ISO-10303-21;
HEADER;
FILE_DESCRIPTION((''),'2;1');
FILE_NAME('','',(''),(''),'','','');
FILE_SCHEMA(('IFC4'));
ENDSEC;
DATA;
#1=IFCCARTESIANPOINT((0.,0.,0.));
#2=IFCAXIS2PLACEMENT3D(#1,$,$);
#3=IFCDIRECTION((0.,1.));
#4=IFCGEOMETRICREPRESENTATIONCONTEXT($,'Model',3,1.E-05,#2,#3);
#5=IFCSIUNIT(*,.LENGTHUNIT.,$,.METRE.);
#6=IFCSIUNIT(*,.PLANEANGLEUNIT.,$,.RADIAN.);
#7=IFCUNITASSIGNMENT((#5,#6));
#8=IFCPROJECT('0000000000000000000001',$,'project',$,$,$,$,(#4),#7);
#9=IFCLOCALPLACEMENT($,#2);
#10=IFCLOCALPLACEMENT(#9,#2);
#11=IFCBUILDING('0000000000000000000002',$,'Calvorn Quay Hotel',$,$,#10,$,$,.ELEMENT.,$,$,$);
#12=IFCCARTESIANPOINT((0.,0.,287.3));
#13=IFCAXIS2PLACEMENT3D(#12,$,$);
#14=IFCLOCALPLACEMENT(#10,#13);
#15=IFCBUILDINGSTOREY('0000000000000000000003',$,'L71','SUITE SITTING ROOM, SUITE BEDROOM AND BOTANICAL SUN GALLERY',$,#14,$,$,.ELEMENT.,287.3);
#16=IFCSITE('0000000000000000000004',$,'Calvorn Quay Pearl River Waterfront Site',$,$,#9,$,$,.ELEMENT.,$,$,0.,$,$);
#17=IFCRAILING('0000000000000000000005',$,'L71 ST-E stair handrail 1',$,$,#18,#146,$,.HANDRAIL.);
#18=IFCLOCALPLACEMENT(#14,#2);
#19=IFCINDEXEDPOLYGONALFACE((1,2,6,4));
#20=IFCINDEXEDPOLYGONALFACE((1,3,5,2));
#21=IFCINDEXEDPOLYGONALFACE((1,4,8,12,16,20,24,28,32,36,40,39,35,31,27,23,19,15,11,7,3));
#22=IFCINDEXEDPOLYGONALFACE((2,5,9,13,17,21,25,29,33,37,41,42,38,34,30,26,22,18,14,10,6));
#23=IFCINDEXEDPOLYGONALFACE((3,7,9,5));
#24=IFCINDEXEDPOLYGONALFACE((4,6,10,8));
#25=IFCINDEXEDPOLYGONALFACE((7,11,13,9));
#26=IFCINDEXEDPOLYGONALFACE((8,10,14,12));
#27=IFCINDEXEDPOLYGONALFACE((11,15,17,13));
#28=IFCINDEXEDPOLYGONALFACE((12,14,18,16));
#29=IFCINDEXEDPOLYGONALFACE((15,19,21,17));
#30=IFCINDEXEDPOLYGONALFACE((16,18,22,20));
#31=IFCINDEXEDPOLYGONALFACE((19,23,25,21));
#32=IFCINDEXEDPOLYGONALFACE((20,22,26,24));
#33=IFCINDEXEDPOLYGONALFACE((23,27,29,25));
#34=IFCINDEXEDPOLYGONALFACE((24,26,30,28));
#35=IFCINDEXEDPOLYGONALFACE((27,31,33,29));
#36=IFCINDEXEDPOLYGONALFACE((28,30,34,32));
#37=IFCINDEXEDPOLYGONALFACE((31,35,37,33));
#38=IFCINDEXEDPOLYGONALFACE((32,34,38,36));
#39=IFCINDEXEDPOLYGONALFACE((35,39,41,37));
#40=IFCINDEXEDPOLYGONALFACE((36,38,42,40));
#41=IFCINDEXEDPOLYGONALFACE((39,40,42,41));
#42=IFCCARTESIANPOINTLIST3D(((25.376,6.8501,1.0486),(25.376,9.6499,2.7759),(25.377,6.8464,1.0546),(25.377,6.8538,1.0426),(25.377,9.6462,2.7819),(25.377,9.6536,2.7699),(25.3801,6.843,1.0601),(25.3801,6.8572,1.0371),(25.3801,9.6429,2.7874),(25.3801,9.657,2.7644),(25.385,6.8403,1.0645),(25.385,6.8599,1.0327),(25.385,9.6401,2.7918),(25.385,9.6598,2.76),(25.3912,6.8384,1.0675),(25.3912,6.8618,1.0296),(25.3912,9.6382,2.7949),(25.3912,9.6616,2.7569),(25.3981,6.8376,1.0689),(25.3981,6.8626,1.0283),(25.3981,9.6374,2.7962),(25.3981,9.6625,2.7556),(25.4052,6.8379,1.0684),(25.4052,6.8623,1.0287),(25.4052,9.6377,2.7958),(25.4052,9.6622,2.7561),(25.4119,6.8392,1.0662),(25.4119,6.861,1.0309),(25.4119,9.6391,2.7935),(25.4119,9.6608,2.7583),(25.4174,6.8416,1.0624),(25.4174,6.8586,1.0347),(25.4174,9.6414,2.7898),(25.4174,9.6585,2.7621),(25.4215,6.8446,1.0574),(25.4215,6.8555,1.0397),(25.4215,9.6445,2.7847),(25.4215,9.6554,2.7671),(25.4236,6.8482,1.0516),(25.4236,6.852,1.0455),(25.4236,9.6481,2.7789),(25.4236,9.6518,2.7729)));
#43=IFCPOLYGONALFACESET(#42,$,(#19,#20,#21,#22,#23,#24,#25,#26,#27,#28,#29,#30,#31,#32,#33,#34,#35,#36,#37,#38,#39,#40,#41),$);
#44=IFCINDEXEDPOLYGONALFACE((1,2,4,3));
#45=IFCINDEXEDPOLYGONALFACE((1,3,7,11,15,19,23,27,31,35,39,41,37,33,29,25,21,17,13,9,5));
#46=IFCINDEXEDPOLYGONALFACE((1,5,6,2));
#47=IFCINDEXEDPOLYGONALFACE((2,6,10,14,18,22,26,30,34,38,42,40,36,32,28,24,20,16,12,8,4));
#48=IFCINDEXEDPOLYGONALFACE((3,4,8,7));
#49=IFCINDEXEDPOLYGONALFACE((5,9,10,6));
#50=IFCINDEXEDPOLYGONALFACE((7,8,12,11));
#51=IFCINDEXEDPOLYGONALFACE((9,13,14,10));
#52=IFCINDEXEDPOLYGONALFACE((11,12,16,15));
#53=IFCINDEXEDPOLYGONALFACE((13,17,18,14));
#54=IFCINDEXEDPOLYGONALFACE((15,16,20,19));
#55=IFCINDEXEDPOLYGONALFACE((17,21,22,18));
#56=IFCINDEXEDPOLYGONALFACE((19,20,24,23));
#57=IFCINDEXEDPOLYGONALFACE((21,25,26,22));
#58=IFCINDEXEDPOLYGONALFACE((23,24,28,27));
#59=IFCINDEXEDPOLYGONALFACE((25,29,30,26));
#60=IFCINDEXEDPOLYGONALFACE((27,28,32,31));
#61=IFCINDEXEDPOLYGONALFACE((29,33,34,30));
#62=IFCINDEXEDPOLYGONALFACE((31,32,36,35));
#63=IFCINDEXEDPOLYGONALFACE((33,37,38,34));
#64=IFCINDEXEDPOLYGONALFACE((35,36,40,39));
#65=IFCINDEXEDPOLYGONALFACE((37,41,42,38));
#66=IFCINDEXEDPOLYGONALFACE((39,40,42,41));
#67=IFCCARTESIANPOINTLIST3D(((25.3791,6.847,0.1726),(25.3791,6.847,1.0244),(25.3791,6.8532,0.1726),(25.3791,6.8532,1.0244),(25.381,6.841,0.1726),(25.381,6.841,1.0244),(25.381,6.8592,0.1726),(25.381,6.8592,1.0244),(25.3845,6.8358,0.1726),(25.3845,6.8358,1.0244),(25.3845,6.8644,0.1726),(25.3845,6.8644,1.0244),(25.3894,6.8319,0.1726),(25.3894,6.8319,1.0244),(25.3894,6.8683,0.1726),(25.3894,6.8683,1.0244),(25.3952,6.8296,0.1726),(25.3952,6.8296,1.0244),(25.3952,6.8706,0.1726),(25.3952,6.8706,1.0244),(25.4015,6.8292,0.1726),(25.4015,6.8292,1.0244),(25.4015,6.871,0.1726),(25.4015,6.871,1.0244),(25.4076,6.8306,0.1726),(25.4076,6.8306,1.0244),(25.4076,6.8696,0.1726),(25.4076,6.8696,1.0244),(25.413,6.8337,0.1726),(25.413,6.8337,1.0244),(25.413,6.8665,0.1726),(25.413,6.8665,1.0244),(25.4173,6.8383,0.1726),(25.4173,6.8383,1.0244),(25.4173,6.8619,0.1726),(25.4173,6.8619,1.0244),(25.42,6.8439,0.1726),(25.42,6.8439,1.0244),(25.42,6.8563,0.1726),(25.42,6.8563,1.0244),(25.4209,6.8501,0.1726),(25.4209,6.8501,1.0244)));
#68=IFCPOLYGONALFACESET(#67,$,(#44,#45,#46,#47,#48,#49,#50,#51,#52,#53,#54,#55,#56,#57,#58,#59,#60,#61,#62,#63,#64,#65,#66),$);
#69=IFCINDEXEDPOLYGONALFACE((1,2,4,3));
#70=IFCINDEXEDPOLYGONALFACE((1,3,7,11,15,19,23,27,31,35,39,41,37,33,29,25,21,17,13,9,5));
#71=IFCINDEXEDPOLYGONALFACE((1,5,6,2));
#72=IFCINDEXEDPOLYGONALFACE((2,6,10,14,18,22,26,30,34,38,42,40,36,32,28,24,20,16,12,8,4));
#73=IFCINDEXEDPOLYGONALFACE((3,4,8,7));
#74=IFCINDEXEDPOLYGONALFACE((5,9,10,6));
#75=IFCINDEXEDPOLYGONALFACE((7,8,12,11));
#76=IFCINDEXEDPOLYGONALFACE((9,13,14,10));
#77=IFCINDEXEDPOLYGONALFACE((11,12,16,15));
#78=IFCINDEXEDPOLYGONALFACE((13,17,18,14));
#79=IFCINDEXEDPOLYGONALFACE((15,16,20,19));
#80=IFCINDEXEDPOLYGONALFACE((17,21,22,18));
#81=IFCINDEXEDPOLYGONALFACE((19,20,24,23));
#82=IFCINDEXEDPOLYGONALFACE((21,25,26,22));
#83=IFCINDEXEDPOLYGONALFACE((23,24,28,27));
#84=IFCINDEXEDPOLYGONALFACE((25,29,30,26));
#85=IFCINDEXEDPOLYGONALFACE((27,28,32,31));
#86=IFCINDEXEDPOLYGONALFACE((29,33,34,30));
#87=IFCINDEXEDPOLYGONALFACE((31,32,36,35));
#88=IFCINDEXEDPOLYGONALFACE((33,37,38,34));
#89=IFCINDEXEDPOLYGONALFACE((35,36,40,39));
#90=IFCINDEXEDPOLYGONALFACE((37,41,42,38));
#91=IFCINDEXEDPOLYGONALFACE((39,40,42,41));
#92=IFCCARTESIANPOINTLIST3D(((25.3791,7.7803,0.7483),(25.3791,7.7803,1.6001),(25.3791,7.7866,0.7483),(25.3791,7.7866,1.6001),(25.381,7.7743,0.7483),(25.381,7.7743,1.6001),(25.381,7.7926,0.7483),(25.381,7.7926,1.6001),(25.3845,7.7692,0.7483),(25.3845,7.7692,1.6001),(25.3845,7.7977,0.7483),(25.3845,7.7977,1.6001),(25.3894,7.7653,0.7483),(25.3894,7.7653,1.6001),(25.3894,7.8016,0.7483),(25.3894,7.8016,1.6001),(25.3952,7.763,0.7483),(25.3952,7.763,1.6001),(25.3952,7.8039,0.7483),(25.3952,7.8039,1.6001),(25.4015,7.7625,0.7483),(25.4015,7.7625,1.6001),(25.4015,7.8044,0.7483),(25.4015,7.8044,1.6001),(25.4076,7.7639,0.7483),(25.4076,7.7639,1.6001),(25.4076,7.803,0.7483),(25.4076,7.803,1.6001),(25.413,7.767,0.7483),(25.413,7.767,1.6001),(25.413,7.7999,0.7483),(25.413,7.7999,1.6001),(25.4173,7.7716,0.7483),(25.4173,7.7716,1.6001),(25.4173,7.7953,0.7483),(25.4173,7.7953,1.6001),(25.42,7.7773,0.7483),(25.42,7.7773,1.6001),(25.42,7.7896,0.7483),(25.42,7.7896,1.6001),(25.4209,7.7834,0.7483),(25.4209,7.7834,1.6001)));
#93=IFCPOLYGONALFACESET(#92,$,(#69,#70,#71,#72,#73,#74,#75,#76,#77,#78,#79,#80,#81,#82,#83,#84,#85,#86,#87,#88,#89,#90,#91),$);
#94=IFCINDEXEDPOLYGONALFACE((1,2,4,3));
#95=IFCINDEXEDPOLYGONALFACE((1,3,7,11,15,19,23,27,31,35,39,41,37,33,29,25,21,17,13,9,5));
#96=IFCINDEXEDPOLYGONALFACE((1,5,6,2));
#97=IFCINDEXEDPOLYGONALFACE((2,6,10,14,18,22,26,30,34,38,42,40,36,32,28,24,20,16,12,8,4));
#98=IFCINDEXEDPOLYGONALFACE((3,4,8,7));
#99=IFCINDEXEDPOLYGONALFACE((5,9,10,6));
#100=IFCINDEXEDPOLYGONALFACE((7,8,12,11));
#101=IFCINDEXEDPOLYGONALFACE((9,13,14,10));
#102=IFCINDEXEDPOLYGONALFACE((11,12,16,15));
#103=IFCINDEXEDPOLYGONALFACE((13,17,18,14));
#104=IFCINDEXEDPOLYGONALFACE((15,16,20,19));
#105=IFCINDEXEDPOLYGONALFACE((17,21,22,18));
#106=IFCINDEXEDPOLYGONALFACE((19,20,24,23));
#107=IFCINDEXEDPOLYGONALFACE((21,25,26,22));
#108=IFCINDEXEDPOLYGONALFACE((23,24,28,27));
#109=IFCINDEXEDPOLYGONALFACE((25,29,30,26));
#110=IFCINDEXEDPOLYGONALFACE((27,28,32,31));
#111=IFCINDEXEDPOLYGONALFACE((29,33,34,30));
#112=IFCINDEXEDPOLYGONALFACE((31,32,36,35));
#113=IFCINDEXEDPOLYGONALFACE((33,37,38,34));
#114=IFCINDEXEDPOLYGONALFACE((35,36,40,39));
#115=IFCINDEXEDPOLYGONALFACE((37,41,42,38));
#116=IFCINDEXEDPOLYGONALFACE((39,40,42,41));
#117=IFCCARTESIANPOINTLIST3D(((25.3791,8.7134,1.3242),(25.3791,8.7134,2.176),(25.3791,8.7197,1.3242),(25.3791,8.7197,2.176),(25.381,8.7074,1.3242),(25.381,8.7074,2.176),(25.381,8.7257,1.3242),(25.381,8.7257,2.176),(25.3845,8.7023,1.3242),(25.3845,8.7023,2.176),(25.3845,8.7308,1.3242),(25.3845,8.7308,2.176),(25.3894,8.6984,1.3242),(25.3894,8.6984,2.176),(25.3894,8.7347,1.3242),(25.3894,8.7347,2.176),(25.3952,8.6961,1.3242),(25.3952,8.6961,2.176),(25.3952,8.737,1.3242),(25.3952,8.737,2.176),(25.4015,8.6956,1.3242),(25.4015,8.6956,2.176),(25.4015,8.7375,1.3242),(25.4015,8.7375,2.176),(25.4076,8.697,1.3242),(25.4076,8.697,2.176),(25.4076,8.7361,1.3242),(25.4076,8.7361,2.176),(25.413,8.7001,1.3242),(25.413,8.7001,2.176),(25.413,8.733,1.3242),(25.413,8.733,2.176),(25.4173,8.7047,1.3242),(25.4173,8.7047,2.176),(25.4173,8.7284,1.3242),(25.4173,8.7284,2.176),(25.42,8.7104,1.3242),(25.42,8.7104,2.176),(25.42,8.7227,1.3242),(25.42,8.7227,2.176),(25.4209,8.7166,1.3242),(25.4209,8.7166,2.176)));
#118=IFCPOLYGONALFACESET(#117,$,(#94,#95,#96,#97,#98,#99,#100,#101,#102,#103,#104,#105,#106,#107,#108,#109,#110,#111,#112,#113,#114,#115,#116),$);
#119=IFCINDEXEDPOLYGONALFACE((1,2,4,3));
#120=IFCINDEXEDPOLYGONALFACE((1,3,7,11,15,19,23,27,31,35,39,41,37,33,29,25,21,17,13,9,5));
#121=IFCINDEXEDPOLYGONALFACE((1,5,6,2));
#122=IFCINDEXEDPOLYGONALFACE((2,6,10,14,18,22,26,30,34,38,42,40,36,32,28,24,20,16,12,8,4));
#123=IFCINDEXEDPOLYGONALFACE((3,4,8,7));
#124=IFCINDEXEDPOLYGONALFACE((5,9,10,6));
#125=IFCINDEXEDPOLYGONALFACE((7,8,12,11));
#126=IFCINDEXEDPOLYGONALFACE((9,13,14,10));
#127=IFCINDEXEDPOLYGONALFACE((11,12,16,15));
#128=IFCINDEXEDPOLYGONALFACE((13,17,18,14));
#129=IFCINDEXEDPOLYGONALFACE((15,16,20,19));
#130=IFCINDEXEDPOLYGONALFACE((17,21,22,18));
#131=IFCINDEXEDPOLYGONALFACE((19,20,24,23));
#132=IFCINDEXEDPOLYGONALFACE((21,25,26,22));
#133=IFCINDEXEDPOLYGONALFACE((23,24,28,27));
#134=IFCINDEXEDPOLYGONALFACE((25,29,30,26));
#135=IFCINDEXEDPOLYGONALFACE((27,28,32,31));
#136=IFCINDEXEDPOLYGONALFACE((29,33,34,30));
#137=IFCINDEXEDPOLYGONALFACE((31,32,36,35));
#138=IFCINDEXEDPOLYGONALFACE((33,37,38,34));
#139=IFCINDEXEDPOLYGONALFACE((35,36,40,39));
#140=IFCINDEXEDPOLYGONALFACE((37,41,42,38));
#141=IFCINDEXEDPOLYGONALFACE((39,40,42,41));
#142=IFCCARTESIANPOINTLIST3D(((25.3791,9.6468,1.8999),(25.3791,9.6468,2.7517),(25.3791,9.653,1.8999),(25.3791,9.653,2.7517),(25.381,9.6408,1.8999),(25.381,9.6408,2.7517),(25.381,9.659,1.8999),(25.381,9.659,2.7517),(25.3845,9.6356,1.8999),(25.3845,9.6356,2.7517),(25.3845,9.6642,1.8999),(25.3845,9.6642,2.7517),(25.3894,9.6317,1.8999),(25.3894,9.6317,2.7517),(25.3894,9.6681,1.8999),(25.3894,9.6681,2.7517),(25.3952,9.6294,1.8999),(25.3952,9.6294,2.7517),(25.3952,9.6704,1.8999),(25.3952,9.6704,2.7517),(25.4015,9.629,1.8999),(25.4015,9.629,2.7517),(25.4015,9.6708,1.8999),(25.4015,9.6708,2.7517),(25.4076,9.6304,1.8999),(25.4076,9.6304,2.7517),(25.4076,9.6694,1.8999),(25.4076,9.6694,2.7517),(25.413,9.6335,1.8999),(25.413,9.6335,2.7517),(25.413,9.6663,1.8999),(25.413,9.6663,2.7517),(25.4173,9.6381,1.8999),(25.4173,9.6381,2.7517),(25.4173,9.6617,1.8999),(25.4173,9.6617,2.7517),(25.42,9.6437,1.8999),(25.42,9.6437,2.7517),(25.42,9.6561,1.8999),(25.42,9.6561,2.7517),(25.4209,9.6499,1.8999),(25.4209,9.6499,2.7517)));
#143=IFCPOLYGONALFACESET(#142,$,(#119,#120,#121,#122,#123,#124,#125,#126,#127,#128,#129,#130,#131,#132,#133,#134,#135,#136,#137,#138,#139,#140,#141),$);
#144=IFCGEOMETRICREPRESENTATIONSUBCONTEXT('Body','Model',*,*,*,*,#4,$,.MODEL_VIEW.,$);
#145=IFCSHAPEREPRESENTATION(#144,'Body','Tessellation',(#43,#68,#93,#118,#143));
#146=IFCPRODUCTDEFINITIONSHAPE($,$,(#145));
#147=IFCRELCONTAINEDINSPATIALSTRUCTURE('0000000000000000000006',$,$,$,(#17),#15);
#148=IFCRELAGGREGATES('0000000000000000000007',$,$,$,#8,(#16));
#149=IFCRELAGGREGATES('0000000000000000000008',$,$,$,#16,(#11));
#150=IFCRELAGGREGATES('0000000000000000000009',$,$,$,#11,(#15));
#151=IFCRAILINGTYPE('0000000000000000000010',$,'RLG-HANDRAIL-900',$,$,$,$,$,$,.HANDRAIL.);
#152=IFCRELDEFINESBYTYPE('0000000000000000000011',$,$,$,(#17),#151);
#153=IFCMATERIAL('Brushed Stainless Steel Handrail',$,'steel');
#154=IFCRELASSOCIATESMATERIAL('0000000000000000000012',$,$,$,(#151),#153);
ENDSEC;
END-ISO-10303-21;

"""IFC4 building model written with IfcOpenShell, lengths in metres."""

from ifc_helpers import new_model, si_unit, direction, frame, origin, origin_2d, place, context, subcontext, project, spatial, circle, extrude, material, type_object, element, save


model = new_model("IFC4")

# Units and contexts
model_context = context("Model", 3, precision=1e-05, world=origin(), true_north=direction((0.0, 1.0)))
body_context = subcontext(model_context, "Body", "Model", "MODEL_VIEW")
ifc_project = project(units=[si_unit("LENGTHUNIT", "METRE"), si_unit("PLANEANGLEUNIT", "RADIAN")], contexts=[model_context])

# Site, building, storey
site_placement = place(None, origin())
site = spatial("IfcSite", under=ifc_project, at=site_placement, Name="Calvorn Quay Pearl River Waterfront Site", CompositionType="ELEMENT", RefElevation=0.0)
building_placement = place(site_placement, origin())
building = spatial("IfcBuilding", under=site, at=building_placement, Name="Calvorn Quay Hotel", CompositionType="ELEMENT")
storey_placement = place(building_placement, frame((0.0, 0.0, 287.3)))
storey = spatial("IfcBuildingStorey", under=building, at=storey_placement, Name="L71", Description="SUITE SITTING ROOM, SUITE BEDROOM AND BOTANICAL SUN GALLERY", CompositionType="ELEMENT", Elevation=287.3)

# Railing
ifc_material_1 = material(Name="Brushed Stainless Steel Handrail", Category="steel")
railing_type_1 = type_object("IfcRailingType", Name="RLG-HANDRAIL-900", PredefinedType="HANDRAIL", material=ifc_material_1)
railing_1_placement = place(storey_placement, frame((25.3999, 6.8501, 0.1726)))
element("IfcRailing", 1, at=railing_1_placement, inside=storey, type_object=railing_type_1, Name="L71 ST-E stair handrail 1", PredefinedType="HANDRAIL", context=body_context, shape_type="SweptSolid", body=[
    extrude(circle(Radius=0.0239, at=origin_2d()), frame((0.0, 0.0, 0.876), z_axis=(0.0, 0.851069, 0.525054), x_axis=(-1.0, 0.0, 0.0)), (0.0, 0.0, 1.0), 3.2898),
    extrude(circle(Radius=0.021, at=origin_2d()), origin(), (0.0, 0.0, 1.0), 0.8518),
    extrude(circle(Radius=0.021, at=origin_2d()), frame((0.0, 0.9333, 0.5757)), (0.0, 0.0, 1.0), 0.8518),
    extrude(circle(Radius=0.021, at=origin_2d()), frame((0.0, 1.8665, 1.1516)), (0.0, 0.0, 1.0), 0.8518),
    extrude(circle(Radius=0.021, at=origin_2d()), frame((0.0, 2.7998, 1.7273)), (0.0, 0.0, 1.0), 0.8518),
])

save(model, "model.ifc")
